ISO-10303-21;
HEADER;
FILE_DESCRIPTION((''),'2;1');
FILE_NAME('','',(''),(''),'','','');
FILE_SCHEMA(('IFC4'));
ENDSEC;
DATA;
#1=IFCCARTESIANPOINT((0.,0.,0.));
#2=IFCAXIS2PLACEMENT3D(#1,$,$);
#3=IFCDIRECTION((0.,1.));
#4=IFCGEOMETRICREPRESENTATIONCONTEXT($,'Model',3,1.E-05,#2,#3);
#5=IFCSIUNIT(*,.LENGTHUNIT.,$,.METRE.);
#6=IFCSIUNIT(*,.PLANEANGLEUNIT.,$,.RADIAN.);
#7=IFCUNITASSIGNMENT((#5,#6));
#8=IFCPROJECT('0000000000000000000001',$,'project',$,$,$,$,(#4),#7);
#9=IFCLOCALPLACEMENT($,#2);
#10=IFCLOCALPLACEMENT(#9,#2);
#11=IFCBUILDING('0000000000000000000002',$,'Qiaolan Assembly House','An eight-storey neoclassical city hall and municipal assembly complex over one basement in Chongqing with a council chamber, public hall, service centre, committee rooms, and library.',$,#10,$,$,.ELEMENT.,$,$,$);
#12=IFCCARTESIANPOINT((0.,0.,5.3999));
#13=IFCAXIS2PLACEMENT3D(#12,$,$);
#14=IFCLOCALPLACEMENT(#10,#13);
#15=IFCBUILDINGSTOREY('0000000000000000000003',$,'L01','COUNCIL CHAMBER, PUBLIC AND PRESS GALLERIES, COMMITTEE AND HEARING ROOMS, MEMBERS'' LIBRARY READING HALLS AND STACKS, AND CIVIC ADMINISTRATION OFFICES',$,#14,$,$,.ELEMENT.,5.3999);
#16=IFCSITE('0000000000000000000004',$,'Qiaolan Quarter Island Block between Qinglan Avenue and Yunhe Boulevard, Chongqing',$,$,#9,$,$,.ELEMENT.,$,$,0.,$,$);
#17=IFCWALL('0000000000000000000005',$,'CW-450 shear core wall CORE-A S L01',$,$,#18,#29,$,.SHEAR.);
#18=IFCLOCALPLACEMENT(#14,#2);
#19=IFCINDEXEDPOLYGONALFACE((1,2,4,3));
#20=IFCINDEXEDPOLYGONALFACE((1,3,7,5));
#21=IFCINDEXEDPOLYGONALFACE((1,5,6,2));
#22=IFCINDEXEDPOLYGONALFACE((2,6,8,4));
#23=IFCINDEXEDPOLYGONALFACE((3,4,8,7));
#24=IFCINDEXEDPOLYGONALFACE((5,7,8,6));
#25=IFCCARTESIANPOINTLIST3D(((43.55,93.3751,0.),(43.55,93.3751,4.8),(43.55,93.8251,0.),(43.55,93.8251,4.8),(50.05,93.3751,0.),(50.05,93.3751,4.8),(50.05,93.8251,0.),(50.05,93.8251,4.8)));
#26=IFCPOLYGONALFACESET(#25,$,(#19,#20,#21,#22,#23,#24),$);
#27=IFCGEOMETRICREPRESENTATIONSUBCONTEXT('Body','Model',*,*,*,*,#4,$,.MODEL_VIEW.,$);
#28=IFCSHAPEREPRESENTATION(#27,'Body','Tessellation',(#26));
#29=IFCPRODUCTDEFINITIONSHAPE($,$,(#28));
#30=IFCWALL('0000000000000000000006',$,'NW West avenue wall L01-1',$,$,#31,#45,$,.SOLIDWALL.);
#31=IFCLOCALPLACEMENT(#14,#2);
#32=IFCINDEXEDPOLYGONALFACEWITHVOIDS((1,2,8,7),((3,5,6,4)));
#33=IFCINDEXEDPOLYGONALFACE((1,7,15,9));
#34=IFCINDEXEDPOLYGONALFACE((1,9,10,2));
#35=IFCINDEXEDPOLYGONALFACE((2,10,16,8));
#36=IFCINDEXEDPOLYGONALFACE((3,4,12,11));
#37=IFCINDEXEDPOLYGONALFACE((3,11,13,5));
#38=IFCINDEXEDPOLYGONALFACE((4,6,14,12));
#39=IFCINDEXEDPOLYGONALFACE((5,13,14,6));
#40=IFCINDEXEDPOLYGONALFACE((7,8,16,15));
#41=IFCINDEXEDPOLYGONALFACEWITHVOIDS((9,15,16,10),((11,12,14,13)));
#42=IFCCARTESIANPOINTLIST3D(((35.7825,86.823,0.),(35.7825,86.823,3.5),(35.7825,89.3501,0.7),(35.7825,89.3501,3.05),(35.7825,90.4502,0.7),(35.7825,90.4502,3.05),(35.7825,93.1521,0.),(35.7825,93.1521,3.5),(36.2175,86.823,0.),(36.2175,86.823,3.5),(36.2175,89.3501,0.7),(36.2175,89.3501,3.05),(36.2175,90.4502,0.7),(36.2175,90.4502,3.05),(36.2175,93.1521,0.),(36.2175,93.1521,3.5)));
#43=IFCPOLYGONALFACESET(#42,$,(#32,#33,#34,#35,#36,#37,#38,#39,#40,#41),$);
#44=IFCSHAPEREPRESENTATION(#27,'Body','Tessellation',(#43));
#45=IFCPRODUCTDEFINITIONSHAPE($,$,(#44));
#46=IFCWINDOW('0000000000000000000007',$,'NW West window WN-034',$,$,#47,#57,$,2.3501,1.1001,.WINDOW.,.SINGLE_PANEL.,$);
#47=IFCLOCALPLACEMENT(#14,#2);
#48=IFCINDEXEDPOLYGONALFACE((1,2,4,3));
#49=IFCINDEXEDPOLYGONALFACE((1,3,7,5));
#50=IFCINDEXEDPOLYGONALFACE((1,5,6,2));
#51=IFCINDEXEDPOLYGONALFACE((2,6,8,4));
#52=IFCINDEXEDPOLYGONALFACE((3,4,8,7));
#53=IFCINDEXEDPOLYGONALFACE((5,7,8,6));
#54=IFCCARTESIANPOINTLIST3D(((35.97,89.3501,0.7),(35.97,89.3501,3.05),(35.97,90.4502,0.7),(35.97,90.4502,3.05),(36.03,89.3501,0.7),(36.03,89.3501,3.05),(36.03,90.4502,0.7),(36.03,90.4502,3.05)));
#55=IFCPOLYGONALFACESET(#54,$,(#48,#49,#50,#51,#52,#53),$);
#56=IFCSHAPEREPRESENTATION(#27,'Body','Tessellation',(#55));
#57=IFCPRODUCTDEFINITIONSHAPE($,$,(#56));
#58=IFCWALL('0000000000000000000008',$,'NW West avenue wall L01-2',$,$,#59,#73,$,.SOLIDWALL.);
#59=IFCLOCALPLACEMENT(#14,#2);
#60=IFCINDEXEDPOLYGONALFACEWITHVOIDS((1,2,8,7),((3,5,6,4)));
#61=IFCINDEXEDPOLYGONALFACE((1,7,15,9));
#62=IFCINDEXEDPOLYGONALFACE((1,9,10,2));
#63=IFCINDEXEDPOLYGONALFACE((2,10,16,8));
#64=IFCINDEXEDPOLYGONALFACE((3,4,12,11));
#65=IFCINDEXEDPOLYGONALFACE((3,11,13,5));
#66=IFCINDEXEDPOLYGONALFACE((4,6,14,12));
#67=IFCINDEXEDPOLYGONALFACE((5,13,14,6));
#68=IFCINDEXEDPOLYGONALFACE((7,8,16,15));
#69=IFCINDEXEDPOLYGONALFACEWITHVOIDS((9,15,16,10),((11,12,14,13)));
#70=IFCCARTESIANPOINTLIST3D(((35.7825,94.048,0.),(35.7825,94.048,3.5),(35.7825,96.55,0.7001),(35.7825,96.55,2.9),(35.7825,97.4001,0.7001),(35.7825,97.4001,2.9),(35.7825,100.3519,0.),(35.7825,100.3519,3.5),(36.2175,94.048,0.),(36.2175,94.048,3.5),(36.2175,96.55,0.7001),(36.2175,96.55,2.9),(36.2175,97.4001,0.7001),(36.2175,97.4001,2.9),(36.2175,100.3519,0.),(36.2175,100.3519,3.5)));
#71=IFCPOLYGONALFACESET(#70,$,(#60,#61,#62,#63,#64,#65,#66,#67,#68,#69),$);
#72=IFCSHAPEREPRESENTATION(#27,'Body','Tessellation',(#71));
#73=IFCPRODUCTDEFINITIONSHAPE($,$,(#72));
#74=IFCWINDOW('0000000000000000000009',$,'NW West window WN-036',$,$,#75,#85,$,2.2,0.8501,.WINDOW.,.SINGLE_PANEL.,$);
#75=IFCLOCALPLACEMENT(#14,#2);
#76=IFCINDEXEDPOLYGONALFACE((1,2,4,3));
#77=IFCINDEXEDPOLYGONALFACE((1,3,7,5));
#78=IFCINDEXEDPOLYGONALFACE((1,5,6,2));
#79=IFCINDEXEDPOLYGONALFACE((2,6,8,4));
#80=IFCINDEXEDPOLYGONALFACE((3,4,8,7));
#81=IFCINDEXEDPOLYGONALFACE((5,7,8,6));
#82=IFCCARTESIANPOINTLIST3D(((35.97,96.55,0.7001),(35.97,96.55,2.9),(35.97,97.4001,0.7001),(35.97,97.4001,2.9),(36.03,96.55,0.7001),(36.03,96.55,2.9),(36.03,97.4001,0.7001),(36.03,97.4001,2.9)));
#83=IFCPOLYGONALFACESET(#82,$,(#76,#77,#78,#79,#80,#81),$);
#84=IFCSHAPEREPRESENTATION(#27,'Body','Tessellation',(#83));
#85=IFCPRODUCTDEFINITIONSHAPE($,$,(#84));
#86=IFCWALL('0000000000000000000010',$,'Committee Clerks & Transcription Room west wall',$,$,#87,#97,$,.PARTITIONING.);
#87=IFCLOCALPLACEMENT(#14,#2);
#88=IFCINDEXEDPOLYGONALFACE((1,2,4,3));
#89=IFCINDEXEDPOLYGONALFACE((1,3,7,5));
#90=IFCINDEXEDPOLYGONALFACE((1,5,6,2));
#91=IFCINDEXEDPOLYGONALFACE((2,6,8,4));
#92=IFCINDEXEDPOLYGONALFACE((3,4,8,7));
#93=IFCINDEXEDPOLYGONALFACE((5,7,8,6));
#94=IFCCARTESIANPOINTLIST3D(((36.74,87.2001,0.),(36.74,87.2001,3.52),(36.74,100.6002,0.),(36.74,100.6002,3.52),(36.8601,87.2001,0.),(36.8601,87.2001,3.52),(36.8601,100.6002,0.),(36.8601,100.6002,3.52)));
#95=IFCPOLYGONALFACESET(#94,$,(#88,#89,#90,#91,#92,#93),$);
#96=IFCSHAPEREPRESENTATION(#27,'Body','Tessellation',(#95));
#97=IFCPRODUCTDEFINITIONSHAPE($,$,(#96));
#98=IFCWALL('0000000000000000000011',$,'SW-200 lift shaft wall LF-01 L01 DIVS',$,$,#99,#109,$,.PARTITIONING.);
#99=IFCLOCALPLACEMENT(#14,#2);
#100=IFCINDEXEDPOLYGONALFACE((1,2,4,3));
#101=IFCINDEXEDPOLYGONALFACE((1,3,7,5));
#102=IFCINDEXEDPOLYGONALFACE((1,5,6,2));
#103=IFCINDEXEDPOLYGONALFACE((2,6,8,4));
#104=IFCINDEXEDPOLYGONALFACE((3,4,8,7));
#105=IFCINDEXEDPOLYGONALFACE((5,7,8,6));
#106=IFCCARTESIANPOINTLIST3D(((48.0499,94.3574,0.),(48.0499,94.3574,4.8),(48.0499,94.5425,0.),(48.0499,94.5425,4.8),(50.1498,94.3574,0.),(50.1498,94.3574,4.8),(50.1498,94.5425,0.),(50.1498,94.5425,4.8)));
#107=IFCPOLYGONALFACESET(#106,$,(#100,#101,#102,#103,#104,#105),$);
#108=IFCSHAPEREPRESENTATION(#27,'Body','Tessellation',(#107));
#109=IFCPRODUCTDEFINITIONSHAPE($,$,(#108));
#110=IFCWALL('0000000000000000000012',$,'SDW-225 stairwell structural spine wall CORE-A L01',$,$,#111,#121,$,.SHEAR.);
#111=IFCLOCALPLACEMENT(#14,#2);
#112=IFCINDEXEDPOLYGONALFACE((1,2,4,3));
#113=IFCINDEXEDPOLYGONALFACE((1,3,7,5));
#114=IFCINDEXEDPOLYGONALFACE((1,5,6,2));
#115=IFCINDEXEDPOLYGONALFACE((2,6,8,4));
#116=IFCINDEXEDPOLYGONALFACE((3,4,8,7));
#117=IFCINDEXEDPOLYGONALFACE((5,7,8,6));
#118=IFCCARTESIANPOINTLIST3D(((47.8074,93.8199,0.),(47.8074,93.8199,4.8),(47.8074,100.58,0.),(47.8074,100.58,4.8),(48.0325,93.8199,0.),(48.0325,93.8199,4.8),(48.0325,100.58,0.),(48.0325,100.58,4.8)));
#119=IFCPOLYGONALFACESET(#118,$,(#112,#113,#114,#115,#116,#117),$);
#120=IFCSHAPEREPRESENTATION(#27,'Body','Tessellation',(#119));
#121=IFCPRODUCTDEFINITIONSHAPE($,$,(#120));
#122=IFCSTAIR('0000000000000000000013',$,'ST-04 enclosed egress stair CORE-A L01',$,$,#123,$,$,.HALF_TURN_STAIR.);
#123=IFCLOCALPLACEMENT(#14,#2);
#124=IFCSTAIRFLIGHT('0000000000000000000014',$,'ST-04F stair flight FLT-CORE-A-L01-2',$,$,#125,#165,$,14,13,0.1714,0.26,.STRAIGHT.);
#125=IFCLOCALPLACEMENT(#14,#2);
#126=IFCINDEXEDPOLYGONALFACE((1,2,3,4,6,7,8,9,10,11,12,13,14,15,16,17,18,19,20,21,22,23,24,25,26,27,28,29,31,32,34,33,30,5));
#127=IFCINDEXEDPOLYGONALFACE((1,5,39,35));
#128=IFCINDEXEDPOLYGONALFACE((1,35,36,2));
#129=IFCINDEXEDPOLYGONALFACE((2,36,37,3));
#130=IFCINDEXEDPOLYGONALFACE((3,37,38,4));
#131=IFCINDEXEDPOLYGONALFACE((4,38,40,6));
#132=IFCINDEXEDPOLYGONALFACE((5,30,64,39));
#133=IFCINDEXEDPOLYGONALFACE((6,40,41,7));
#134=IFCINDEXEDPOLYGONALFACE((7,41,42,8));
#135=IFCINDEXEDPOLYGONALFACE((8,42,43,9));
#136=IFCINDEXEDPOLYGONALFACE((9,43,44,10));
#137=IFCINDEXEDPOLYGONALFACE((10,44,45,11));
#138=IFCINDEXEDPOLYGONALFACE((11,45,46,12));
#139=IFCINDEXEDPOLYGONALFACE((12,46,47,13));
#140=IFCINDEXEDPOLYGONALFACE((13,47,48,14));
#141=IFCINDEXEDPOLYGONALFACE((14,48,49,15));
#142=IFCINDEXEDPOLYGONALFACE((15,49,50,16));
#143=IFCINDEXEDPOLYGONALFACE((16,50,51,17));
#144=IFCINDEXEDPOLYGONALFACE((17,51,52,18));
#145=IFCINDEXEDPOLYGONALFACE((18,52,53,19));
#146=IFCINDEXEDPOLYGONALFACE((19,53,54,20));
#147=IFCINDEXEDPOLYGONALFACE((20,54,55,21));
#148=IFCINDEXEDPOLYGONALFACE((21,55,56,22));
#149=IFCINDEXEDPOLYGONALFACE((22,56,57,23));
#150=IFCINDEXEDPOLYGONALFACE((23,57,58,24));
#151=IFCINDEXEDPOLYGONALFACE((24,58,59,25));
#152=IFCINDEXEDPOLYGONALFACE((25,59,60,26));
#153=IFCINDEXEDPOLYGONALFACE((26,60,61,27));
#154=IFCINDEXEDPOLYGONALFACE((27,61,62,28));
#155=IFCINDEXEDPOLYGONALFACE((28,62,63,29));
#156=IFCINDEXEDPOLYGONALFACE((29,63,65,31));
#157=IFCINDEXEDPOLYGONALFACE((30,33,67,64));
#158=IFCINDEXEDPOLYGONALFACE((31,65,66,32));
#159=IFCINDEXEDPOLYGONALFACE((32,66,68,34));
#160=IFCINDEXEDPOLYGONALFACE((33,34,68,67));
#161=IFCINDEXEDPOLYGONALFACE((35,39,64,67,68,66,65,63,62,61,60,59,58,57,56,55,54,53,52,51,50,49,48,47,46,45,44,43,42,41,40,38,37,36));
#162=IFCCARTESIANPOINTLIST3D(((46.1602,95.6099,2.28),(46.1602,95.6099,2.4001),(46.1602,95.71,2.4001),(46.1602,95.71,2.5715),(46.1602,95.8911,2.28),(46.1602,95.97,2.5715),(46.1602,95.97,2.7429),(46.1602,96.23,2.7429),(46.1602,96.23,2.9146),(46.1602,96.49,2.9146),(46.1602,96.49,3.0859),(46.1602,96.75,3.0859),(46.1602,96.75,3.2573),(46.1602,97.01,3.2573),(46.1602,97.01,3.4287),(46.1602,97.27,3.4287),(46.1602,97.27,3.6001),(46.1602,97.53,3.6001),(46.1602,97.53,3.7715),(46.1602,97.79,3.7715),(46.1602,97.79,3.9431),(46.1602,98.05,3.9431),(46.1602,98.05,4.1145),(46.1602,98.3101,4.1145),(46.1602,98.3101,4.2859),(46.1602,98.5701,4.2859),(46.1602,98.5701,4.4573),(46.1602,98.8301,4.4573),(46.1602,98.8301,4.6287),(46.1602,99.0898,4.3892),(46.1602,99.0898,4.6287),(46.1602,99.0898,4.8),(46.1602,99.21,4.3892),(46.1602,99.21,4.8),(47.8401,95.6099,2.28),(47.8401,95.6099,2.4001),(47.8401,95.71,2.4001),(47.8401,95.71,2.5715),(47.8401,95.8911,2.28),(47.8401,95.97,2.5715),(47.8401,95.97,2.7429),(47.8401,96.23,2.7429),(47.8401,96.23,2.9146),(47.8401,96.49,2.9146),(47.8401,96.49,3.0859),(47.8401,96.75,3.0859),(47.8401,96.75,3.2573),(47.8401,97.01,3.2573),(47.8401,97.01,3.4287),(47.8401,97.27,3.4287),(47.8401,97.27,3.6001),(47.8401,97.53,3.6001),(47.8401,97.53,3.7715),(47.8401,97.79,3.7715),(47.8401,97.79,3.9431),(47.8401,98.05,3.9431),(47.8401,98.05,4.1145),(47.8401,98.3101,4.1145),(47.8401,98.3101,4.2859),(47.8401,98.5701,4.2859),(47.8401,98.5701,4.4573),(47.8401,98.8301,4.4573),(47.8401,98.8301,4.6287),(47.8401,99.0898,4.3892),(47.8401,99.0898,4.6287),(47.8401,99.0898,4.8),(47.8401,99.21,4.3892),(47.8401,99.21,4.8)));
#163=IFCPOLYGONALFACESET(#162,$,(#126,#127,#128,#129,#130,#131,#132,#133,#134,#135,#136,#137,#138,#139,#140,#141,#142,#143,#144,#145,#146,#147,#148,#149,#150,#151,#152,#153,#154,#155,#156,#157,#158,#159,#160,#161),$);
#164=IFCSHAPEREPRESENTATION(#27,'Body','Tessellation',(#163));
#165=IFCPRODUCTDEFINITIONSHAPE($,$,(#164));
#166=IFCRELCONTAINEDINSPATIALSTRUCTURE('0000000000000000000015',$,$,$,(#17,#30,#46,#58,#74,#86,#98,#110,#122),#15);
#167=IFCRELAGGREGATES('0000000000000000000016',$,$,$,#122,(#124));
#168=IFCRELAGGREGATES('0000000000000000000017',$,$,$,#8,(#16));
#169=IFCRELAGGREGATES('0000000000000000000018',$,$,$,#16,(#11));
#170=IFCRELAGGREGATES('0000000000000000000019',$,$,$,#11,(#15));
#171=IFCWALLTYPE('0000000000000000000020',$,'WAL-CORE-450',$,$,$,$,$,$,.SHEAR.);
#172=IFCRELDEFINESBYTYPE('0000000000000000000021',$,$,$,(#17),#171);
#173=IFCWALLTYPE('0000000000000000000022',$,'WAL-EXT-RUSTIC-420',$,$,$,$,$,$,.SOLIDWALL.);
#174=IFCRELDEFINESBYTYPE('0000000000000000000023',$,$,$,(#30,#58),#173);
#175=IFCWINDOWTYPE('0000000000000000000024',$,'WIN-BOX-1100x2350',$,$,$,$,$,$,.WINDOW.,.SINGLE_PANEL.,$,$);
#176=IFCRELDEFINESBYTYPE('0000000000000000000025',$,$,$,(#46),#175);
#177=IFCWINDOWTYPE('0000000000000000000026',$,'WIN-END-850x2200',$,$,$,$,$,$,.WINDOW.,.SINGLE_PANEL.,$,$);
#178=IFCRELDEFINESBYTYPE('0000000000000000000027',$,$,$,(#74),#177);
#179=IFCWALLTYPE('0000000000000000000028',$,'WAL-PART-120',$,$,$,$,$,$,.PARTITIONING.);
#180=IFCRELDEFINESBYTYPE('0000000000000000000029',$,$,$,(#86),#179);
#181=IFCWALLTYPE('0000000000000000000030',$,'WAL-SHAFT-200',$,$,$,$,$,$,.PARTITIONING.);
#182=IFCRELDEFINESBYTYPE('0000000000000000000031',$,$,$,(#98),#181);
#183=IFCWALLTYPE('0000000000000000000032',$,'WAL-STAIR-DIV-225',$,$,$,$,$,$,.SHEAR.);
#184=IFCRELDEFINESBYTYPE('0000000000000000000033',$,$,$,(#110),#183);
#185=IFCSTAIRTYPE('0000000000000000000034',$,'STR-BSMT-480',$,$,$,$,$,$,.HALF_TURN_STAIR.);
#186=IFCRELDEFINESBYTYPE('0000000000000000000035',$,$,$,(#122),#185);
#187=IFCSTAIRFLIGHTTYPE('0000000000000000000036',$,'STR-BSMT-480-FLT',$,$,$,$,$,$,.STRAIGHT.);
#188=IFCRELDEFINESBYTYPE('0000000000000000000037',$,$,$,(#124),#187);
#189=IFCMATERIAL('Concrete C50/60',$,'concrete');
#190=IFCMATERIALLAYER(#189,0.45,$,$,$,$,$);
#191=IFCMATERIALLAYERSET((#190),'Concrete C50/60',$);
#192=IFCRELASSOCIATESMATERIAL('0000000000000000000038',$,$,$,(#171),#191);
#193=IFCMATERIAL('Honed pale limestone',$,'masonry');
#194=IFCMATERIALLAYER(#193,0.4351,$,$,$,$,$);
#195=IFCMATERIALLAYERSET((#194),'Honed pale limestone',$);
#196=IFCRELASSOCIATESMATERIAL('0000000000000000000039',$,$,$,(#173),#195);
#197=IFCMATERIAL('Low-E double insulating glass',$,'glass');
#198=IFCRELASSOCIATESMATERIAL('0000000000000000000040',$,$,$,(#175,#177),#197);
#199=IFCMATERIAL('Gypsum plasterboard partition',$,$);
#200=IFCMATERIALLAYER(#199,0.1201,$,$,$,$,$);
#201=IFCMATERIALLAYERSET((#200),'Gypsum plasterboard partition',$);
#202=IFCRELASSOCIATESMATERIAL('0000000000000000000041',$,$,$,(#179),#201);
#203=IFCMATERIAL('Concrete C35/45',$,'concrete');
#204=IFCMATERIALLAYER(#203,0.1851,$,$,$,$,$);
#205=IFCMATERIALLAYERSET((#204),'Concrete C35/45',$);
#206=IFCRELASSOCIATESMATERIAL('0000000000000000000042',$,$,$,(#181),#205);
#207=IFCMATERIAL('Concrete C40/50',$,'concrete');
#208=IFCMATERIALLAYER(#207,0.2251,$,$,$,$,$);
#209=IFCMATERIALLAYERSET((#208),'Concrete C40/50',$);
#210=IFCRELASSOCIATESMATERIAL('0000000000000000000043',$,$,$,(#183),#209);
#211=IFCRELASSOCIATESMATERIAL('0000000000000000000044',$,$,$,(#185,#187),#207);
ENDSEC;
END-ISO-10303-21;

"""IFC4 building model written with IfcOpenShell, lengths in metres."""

from ifc_helpers import new_model, si_unit, direction, frame, frame_2d, origin, place, context, subcontext, project, spatial, polyline, rectangle, outline, extrude, material, layer, layer_set, type_object, element, fill, aggregate, save


model = new_model("IFC4")

# Units and contexts
model_context = context("Model", 3, precision=1e-05, world=origin(), true_north=direction((0.0, 1.0)))
body_context = subcontext(model_context, "Body", "Model", "MODEL_VIEW")
ifc_project = project(units=[si_unit("LENGTHUNIT", "METRE"), si_unit("PLANEANGLEUNIT", "RADIAN")], contexts=[model_context])

# Site, building, storey
site_placement = place(None, origin())
site = spatial("IfcSite", under=ifc_project, at=site_placement, Name="Qiaolan Quarter Island Block between Qinglan Avenue and Yunhe Boulevard, Chongqing", CompositionType="ELEMENT", RefElevation=0.0)
building_placement = place(site_placement, origin())
building = spatial("IfcBuilding", under=site, at=building_placement, Name="Qiaolan Assembly House", Description="An eight-storey neoclassical city hall and municipal assembly complex over one basement in Chongqing with a council chamber, public hall, service centre, committee rooms, and library.", CompositionType="ELEMENT")
storey_placement = place(building_placement, frame((0.0, 0.0, 5.3999)))
storey = spatial("IfcBuildingStorey", under=building, at=storey_placement, Name="L01", Description="COUNCIL CHAMBER, PUBLIC AND PRESS GALLERIES, COMMITTEE AND HEARING ROOMS, MEMBERS' LIBRARY READING HALLS AND STACKS, AND CIVIC ADMINISTRATION OFFICES", CompositionType="ELEMENT", Elevation=5.3999)

# Shared definitions
ifc_material_1 = material(Name="Concrete C50/60", Category="concrete")

# Shared definitions
ifc_material_2 = material(Name="Concrete C40/50", Category="concrete")

# Wall
ifc_layer_1 = layer(ifc_material_1, 0.45)
ifc_layer_set_1 = layer_set([ifc_layer_1], Name="Concrete C50/60")
wall_type_1 = type_object("IfcWallType", Name="WAL-CORE-450", PredefinedType="SHEAR", material=ifc_layer_set_1)
wall_1_placement = place(storey_placement, frame((43.55, 93.6001, 0.0), z_axis=(0.0, 0.0, 1.0), x_axis=(1.0, 0.0, 0.0)))
element("IfcWall", 1, at=wall_1_placement, inside=storey, type_object=wall_type_1, Name="CW-450 shear core wall CORE-A S L01", PredefinedType="SHEAR", context=body_context, shape_type="SweptSolid", body=[
    extrude(rectangle(XDim=6.5, YDim=0.45, at=frame_2d((3.25, 0.0))), origin(), (0.0, 0.0, 1.0), 4.8),
])

# Walls, openings, windows
ifc_material_3 = material(Name="Honed pale limestone", Category="masonry")
ifc_layer_2 = layer(ifc_material_3, 0.4351)
ifc_layer_set_2 = layer_set([ifc_layer_2], Name="Honed pale limestone")
wall_type_2 = type_object("IfcWallType", Name="WAL-EXT-RUSTIC-420", PredefinedType="SOLIDWALL", material=ifc_layer_set_2)
wall_2_placement = place(storey_placement, frame((36.0, 86.823, 0.0), z_axis=(0.0, 0.0, 1.0), x_axis=(0.0, 1.0, 0.0)))
wall_2 = element("IfcWall", 2, at=wall_2_placement, inside=storey, type_object=wall_type_2, Name="NW West avenue wall L01-1", PredefinedType="SOLIDWALL", context=body_context, shape_type="SweptSolid", body=[
    extrude(rectangle(XDim=6.3291, YDim=0.4351, at=frame_2d((3.1646, 0.0))), origin(), (0.0, 0.0, 1.0), 3.5),
])
opening_1_placement = place(wall_2_placement, frame((2.5271, 0.0, 0.7)))
opening_1 = element("IfcOpeningElement", 3, at=opening_1_placement, cuts=wall_2, PredefinedType="OPENING", context=body_context, shape_type="SweptSolid", body=[
    extrude(rectangle(XDim=1.1001, YDim=2.3501, at=frame_2d((0.55, 1.175))), frame((0.0, 0.2275, 0.0), z_axis=(0.0, -1.0, 0.0), x_axis=(1.0, 0.0, 0.0)), (0.0, 0.0, 1.0), 0.4551),
])
ifc_material_4 = material(Name="Low-E double insulating glass", Category="glass")
window_type_1 = type_object("IfcWindowType", Name="WIN-BOX-1100x2350", PartitioningType="SINGLE_PANEL", PredefinedType="WINDOW", material=ifc_material_4)
window_1_placement = place(opening_1_placement, origin())
window_1 = element("IfcWindow", 4, at=window_1_placement, inside=storey, type_object=window_type_1, Name="NW West window WN-034", OverallHeight=2.3501, OverallWidth=1.1001, PartitioningType="SINGLE_PANEL", PredefinedType="WINDOW", context=body_context, shape_type="SweptSolid", body=[
    extrude(rectangle(XDim=1.1001, YDim=2.3501, at=frame_2d((0.55, 1.175))), frame((0.0, 0.03, 0.0), z_axis=(0.0, -1.0, 0.0), x_axis=(1.0, 0.0, 0.0)), (0.0, 0.0, 1.0), 0.0601),
])
fill(opening_1, window_1)
wall_3_placement = place(storey_placement, frame((36.0, 94.0481, 0.0), z_axis=(0.0, 0.0, 1.0), x_axis=(0.0, 1.0, 0.0)))
wall_3 = element("IfcWall", 5, at=wall_3_placement, inside=storey, type_object=wall_type_2, Name="NW West avenue wall L01-2", PredefinedType="SOLIDWALL", context=body_context, shape_type="SweptSolid", body=[
    extrude(rectangle(XDim=6.304, YDim=0.4351, at=frame_2d((3.1519, 0.0))), origin(), (0.0, 0.0, 1.0), 3.5),
])
opening_2_placement = place(wall_3_placement, frame((2.502, 0.0, 0.7)))
opening_2 = element("IfcOpeningElement", 6, at=opening_2_placement, cuts=wall_3, PredefinedType="OPENING", context=body_context, shape_type="SweptSolid", body=[
    extrude(rectangle(XDim=0.8501, YDim=2.2, at=frame_2d((0.425, 1.1001))), frame((0.0, 0.2275, 0.0), z_axis=(0.0, -1.0, 0.0), x_axis=(1.0, 0.0, 0.0)), (0.0, 0.0, 1.0), 0.4551),
])
window_type_2 = type_object("IfcWindowType", Name="WIN-END-850x2200", PartitioningType="SINGLE_PANEL", PredefinedType="WINDOW", material=ifc_material_4)
window_2_placement = place(opening_2_placement, origin())
window_2 = element("IfcWindow", 7, at=window_2_placement, inside=storey, type_object=window_type_2, Name="NW West window WN-036", OverallHeight=2.2, OverallWidth=0.8501, PartitioningType="SINGLE_PANEL", PredefinedType="WINDOW", context=body_context, shape_type="SweptSolid", body=[
    extrude(rectangle(XDim=0.8501, YDim=2.2, at=frame_2d((0.425, 1.1001))), frame((0.0, 0.03, 0.0), z_axis=(0.0, -1.0, 0.0), x_axis=(1.0, 0.0, 0.0)), (0.0, 0.0, 1.0), 0.0601),
])
fill(opening_2, window_2)

# Walls
ifc_material_5 = material(Name="Gypsum plasterboard partition")
ifc_layer_3 = layer(ifc_material_5, 0.1201)
ifc_layer_set_3 = layer_set([ifc_layer_3], Name="Gypsum plasterboard partition")
wall_type_3 = type_object("IfcWallType", Name="WAL-PART-120", PredefinedType="PARTITIONING", material=ifc_layer_set_3)
wall_4_placement = place(storey_placement, frame((36.8, 87.2, 0.0), z_axis=(0.0, 0.0, 1.0), x_axis=(0.0, 1.0, 0.0)))
element("IfcWall", 8, at=wall_4_placement, inside=storey, type_object=wall_type_3, Name="Committee Clerks & Transcription Room west wall", PredefinedType="PARTITIONING", context=body_context, shape_type="SweptSolid", body=[
    extrude(rectangle(XDim=13.4001, YDim=0.1201, at=frame_2d((6.7002, 0.0))), origin(), (0.0, 0.0, 1.0), 3.52),
])
ifc_material_6 = material(Name="Concrete C35/45", Category="concrete")
ifc_layer_4 = layer(ifc_material_6, 0.1851)
ifc_layer_set_4 = layer_set([ifc_layer_4], Name="Concrete C35/45")
wall_type_4 = type_object("IfcWallType", Name="WAL-SHAFT-200", PredefinedType="PARTITIONING", material=ifc_layer_set_4)
wall_5_placement = place(storey_placement, frame((48.05, 94.45, 0.0), z_axis=(0.0, 0.0, 1.0), x_axis=(1.0, 0.0, 0.0)))
element("IfcWall", 9, at=wall_5_placement, inside=storey, type_object=wall_type_4, Name="SW-200 lift shaft wall LF-01 L01 DIVS", PredefinedType="PARTITIONING", context=body_context, shape_type="SweptSolid", body=[
    extrude(rectangle(XDim=2.0999, YDim=0.1851, at=frame_2d((1.0498, 0.0))), origin(), (0.0, 0.0, 1.0), 4.8),
])
ifc_layer_5 = layer(ifc_material_2, 0.2251)
ifc_layer_set_5 = layer_set([ifc_layer_5], Name="Concrete C40/50")
wall_type_5 = type_object("IfcWallType", Name="WAL-STAIR-DIV-225", PredefinedType="SHEAR", material=ifc_layer_set_5)
wall_6_placement = place(storey_placement, frame((47.9199, 93.8201, 0.0), z_axis=(0.0, 0.0, 1.0), x_axis=(0.0, 1.0, 0.0)))
element("IfcWall", 10, at=wall_6_placement, inside=storey, type_object=wall_type_5, Name="SDW-225 stairwell structural spine wall CORE-A L01", PredefinedType="SHEAR", context=body_context, shape_type="SweptSolid", body=[
    extrude(rectangle(XDim=6.76, YDim=0.2251, at=frame_2d((3.3799, 0.0))), origin(), (0.0, 0.0, 1.0), 4.8),
])

# Stair, stair flight
stair_type = type_object("IfcStairType", Name="STR-BSMT-480", PredefinedType="HALF_TURN_STAIR", material=ifc_material_2)
stair_placement = place(storey_placement, origin())
stair = element("IfcStair", 11, at=stair_placement, inside=storey, type_object=stair_type, Name="ST-04 enclosed egress stair CORE-A L01", PredefinedType="HALF_TURN_STAIR")
stair_flight_type = type_object("IfcStairFlightType", Name="STR-BSMT-480-FLT", PredefinedType="STRAIGHT", material=ifc_material_2)
stair_flight_placement = place(storey_placement, frame((47.0, 95.71, 2.4001), z_axis=(0.0, 0.0, 1.0), x_axis=(0.0, 1.0, 0.0)))
stair_flight = element("IfcStairFlight", 12, at=stair_flight_placement, type_object=stair_flight_type, Name="ST-04F stair flight FLT-CORE-A-L01-2", NumberOfRisers=14, NumberOfTreads=13, PredefinedType="STRAIGHT", RiserHeight=0.1714, TreadLength=0.26, context=body_context, shape_type="SweptSolid", body=[
    extrude(outline(polyline([(-0.1001, -0.1201), (-0.1001, 0.0), (0.0, 0.0), (0.0, 0.1714), (0.26, 0.1714), (0.26, 0.3428), (0.52, 0.3428), (0.52, 0.5144), (0.78, 0.5144), (0.78, 0.6858), (1.04, 0.6858), (1.04, 0.8572), (1.3, 0.8572), (1.3, 1.0286), (1.5601, 1.0286), (1.5601, 1.2), (1.8201, 1.2), (1.8201, 1.3713), (2.0801, 1.3713), (2.0801, 1.543), (2.3401, 1.543), (2.3401, 1.7144), (2.6001, 1.7144), (2.6001, 1.8857), (2.8601, 1.8857), (2.8601, 2.0571), (3.1201, 2.0571), (3.1201, 2.2285), (3.3799, 2.2285), (3.3799, 2.3999), (3.5, 2.3999), (3.5, 1.989), (3.3799, 1.989), (0.1812, -0.1201), (-0.1001, -0.1201)])), frame((0.0, 0.8398, 0.0), z_axis=(0.0, -1.0, 0.0), x_axis=(1.0, 0.0, 0.0)), (0.0, 0.0, 1.0), 1.6799),
])
aggregate(stair, [stair_flight])

save(model, "model.ifc")
